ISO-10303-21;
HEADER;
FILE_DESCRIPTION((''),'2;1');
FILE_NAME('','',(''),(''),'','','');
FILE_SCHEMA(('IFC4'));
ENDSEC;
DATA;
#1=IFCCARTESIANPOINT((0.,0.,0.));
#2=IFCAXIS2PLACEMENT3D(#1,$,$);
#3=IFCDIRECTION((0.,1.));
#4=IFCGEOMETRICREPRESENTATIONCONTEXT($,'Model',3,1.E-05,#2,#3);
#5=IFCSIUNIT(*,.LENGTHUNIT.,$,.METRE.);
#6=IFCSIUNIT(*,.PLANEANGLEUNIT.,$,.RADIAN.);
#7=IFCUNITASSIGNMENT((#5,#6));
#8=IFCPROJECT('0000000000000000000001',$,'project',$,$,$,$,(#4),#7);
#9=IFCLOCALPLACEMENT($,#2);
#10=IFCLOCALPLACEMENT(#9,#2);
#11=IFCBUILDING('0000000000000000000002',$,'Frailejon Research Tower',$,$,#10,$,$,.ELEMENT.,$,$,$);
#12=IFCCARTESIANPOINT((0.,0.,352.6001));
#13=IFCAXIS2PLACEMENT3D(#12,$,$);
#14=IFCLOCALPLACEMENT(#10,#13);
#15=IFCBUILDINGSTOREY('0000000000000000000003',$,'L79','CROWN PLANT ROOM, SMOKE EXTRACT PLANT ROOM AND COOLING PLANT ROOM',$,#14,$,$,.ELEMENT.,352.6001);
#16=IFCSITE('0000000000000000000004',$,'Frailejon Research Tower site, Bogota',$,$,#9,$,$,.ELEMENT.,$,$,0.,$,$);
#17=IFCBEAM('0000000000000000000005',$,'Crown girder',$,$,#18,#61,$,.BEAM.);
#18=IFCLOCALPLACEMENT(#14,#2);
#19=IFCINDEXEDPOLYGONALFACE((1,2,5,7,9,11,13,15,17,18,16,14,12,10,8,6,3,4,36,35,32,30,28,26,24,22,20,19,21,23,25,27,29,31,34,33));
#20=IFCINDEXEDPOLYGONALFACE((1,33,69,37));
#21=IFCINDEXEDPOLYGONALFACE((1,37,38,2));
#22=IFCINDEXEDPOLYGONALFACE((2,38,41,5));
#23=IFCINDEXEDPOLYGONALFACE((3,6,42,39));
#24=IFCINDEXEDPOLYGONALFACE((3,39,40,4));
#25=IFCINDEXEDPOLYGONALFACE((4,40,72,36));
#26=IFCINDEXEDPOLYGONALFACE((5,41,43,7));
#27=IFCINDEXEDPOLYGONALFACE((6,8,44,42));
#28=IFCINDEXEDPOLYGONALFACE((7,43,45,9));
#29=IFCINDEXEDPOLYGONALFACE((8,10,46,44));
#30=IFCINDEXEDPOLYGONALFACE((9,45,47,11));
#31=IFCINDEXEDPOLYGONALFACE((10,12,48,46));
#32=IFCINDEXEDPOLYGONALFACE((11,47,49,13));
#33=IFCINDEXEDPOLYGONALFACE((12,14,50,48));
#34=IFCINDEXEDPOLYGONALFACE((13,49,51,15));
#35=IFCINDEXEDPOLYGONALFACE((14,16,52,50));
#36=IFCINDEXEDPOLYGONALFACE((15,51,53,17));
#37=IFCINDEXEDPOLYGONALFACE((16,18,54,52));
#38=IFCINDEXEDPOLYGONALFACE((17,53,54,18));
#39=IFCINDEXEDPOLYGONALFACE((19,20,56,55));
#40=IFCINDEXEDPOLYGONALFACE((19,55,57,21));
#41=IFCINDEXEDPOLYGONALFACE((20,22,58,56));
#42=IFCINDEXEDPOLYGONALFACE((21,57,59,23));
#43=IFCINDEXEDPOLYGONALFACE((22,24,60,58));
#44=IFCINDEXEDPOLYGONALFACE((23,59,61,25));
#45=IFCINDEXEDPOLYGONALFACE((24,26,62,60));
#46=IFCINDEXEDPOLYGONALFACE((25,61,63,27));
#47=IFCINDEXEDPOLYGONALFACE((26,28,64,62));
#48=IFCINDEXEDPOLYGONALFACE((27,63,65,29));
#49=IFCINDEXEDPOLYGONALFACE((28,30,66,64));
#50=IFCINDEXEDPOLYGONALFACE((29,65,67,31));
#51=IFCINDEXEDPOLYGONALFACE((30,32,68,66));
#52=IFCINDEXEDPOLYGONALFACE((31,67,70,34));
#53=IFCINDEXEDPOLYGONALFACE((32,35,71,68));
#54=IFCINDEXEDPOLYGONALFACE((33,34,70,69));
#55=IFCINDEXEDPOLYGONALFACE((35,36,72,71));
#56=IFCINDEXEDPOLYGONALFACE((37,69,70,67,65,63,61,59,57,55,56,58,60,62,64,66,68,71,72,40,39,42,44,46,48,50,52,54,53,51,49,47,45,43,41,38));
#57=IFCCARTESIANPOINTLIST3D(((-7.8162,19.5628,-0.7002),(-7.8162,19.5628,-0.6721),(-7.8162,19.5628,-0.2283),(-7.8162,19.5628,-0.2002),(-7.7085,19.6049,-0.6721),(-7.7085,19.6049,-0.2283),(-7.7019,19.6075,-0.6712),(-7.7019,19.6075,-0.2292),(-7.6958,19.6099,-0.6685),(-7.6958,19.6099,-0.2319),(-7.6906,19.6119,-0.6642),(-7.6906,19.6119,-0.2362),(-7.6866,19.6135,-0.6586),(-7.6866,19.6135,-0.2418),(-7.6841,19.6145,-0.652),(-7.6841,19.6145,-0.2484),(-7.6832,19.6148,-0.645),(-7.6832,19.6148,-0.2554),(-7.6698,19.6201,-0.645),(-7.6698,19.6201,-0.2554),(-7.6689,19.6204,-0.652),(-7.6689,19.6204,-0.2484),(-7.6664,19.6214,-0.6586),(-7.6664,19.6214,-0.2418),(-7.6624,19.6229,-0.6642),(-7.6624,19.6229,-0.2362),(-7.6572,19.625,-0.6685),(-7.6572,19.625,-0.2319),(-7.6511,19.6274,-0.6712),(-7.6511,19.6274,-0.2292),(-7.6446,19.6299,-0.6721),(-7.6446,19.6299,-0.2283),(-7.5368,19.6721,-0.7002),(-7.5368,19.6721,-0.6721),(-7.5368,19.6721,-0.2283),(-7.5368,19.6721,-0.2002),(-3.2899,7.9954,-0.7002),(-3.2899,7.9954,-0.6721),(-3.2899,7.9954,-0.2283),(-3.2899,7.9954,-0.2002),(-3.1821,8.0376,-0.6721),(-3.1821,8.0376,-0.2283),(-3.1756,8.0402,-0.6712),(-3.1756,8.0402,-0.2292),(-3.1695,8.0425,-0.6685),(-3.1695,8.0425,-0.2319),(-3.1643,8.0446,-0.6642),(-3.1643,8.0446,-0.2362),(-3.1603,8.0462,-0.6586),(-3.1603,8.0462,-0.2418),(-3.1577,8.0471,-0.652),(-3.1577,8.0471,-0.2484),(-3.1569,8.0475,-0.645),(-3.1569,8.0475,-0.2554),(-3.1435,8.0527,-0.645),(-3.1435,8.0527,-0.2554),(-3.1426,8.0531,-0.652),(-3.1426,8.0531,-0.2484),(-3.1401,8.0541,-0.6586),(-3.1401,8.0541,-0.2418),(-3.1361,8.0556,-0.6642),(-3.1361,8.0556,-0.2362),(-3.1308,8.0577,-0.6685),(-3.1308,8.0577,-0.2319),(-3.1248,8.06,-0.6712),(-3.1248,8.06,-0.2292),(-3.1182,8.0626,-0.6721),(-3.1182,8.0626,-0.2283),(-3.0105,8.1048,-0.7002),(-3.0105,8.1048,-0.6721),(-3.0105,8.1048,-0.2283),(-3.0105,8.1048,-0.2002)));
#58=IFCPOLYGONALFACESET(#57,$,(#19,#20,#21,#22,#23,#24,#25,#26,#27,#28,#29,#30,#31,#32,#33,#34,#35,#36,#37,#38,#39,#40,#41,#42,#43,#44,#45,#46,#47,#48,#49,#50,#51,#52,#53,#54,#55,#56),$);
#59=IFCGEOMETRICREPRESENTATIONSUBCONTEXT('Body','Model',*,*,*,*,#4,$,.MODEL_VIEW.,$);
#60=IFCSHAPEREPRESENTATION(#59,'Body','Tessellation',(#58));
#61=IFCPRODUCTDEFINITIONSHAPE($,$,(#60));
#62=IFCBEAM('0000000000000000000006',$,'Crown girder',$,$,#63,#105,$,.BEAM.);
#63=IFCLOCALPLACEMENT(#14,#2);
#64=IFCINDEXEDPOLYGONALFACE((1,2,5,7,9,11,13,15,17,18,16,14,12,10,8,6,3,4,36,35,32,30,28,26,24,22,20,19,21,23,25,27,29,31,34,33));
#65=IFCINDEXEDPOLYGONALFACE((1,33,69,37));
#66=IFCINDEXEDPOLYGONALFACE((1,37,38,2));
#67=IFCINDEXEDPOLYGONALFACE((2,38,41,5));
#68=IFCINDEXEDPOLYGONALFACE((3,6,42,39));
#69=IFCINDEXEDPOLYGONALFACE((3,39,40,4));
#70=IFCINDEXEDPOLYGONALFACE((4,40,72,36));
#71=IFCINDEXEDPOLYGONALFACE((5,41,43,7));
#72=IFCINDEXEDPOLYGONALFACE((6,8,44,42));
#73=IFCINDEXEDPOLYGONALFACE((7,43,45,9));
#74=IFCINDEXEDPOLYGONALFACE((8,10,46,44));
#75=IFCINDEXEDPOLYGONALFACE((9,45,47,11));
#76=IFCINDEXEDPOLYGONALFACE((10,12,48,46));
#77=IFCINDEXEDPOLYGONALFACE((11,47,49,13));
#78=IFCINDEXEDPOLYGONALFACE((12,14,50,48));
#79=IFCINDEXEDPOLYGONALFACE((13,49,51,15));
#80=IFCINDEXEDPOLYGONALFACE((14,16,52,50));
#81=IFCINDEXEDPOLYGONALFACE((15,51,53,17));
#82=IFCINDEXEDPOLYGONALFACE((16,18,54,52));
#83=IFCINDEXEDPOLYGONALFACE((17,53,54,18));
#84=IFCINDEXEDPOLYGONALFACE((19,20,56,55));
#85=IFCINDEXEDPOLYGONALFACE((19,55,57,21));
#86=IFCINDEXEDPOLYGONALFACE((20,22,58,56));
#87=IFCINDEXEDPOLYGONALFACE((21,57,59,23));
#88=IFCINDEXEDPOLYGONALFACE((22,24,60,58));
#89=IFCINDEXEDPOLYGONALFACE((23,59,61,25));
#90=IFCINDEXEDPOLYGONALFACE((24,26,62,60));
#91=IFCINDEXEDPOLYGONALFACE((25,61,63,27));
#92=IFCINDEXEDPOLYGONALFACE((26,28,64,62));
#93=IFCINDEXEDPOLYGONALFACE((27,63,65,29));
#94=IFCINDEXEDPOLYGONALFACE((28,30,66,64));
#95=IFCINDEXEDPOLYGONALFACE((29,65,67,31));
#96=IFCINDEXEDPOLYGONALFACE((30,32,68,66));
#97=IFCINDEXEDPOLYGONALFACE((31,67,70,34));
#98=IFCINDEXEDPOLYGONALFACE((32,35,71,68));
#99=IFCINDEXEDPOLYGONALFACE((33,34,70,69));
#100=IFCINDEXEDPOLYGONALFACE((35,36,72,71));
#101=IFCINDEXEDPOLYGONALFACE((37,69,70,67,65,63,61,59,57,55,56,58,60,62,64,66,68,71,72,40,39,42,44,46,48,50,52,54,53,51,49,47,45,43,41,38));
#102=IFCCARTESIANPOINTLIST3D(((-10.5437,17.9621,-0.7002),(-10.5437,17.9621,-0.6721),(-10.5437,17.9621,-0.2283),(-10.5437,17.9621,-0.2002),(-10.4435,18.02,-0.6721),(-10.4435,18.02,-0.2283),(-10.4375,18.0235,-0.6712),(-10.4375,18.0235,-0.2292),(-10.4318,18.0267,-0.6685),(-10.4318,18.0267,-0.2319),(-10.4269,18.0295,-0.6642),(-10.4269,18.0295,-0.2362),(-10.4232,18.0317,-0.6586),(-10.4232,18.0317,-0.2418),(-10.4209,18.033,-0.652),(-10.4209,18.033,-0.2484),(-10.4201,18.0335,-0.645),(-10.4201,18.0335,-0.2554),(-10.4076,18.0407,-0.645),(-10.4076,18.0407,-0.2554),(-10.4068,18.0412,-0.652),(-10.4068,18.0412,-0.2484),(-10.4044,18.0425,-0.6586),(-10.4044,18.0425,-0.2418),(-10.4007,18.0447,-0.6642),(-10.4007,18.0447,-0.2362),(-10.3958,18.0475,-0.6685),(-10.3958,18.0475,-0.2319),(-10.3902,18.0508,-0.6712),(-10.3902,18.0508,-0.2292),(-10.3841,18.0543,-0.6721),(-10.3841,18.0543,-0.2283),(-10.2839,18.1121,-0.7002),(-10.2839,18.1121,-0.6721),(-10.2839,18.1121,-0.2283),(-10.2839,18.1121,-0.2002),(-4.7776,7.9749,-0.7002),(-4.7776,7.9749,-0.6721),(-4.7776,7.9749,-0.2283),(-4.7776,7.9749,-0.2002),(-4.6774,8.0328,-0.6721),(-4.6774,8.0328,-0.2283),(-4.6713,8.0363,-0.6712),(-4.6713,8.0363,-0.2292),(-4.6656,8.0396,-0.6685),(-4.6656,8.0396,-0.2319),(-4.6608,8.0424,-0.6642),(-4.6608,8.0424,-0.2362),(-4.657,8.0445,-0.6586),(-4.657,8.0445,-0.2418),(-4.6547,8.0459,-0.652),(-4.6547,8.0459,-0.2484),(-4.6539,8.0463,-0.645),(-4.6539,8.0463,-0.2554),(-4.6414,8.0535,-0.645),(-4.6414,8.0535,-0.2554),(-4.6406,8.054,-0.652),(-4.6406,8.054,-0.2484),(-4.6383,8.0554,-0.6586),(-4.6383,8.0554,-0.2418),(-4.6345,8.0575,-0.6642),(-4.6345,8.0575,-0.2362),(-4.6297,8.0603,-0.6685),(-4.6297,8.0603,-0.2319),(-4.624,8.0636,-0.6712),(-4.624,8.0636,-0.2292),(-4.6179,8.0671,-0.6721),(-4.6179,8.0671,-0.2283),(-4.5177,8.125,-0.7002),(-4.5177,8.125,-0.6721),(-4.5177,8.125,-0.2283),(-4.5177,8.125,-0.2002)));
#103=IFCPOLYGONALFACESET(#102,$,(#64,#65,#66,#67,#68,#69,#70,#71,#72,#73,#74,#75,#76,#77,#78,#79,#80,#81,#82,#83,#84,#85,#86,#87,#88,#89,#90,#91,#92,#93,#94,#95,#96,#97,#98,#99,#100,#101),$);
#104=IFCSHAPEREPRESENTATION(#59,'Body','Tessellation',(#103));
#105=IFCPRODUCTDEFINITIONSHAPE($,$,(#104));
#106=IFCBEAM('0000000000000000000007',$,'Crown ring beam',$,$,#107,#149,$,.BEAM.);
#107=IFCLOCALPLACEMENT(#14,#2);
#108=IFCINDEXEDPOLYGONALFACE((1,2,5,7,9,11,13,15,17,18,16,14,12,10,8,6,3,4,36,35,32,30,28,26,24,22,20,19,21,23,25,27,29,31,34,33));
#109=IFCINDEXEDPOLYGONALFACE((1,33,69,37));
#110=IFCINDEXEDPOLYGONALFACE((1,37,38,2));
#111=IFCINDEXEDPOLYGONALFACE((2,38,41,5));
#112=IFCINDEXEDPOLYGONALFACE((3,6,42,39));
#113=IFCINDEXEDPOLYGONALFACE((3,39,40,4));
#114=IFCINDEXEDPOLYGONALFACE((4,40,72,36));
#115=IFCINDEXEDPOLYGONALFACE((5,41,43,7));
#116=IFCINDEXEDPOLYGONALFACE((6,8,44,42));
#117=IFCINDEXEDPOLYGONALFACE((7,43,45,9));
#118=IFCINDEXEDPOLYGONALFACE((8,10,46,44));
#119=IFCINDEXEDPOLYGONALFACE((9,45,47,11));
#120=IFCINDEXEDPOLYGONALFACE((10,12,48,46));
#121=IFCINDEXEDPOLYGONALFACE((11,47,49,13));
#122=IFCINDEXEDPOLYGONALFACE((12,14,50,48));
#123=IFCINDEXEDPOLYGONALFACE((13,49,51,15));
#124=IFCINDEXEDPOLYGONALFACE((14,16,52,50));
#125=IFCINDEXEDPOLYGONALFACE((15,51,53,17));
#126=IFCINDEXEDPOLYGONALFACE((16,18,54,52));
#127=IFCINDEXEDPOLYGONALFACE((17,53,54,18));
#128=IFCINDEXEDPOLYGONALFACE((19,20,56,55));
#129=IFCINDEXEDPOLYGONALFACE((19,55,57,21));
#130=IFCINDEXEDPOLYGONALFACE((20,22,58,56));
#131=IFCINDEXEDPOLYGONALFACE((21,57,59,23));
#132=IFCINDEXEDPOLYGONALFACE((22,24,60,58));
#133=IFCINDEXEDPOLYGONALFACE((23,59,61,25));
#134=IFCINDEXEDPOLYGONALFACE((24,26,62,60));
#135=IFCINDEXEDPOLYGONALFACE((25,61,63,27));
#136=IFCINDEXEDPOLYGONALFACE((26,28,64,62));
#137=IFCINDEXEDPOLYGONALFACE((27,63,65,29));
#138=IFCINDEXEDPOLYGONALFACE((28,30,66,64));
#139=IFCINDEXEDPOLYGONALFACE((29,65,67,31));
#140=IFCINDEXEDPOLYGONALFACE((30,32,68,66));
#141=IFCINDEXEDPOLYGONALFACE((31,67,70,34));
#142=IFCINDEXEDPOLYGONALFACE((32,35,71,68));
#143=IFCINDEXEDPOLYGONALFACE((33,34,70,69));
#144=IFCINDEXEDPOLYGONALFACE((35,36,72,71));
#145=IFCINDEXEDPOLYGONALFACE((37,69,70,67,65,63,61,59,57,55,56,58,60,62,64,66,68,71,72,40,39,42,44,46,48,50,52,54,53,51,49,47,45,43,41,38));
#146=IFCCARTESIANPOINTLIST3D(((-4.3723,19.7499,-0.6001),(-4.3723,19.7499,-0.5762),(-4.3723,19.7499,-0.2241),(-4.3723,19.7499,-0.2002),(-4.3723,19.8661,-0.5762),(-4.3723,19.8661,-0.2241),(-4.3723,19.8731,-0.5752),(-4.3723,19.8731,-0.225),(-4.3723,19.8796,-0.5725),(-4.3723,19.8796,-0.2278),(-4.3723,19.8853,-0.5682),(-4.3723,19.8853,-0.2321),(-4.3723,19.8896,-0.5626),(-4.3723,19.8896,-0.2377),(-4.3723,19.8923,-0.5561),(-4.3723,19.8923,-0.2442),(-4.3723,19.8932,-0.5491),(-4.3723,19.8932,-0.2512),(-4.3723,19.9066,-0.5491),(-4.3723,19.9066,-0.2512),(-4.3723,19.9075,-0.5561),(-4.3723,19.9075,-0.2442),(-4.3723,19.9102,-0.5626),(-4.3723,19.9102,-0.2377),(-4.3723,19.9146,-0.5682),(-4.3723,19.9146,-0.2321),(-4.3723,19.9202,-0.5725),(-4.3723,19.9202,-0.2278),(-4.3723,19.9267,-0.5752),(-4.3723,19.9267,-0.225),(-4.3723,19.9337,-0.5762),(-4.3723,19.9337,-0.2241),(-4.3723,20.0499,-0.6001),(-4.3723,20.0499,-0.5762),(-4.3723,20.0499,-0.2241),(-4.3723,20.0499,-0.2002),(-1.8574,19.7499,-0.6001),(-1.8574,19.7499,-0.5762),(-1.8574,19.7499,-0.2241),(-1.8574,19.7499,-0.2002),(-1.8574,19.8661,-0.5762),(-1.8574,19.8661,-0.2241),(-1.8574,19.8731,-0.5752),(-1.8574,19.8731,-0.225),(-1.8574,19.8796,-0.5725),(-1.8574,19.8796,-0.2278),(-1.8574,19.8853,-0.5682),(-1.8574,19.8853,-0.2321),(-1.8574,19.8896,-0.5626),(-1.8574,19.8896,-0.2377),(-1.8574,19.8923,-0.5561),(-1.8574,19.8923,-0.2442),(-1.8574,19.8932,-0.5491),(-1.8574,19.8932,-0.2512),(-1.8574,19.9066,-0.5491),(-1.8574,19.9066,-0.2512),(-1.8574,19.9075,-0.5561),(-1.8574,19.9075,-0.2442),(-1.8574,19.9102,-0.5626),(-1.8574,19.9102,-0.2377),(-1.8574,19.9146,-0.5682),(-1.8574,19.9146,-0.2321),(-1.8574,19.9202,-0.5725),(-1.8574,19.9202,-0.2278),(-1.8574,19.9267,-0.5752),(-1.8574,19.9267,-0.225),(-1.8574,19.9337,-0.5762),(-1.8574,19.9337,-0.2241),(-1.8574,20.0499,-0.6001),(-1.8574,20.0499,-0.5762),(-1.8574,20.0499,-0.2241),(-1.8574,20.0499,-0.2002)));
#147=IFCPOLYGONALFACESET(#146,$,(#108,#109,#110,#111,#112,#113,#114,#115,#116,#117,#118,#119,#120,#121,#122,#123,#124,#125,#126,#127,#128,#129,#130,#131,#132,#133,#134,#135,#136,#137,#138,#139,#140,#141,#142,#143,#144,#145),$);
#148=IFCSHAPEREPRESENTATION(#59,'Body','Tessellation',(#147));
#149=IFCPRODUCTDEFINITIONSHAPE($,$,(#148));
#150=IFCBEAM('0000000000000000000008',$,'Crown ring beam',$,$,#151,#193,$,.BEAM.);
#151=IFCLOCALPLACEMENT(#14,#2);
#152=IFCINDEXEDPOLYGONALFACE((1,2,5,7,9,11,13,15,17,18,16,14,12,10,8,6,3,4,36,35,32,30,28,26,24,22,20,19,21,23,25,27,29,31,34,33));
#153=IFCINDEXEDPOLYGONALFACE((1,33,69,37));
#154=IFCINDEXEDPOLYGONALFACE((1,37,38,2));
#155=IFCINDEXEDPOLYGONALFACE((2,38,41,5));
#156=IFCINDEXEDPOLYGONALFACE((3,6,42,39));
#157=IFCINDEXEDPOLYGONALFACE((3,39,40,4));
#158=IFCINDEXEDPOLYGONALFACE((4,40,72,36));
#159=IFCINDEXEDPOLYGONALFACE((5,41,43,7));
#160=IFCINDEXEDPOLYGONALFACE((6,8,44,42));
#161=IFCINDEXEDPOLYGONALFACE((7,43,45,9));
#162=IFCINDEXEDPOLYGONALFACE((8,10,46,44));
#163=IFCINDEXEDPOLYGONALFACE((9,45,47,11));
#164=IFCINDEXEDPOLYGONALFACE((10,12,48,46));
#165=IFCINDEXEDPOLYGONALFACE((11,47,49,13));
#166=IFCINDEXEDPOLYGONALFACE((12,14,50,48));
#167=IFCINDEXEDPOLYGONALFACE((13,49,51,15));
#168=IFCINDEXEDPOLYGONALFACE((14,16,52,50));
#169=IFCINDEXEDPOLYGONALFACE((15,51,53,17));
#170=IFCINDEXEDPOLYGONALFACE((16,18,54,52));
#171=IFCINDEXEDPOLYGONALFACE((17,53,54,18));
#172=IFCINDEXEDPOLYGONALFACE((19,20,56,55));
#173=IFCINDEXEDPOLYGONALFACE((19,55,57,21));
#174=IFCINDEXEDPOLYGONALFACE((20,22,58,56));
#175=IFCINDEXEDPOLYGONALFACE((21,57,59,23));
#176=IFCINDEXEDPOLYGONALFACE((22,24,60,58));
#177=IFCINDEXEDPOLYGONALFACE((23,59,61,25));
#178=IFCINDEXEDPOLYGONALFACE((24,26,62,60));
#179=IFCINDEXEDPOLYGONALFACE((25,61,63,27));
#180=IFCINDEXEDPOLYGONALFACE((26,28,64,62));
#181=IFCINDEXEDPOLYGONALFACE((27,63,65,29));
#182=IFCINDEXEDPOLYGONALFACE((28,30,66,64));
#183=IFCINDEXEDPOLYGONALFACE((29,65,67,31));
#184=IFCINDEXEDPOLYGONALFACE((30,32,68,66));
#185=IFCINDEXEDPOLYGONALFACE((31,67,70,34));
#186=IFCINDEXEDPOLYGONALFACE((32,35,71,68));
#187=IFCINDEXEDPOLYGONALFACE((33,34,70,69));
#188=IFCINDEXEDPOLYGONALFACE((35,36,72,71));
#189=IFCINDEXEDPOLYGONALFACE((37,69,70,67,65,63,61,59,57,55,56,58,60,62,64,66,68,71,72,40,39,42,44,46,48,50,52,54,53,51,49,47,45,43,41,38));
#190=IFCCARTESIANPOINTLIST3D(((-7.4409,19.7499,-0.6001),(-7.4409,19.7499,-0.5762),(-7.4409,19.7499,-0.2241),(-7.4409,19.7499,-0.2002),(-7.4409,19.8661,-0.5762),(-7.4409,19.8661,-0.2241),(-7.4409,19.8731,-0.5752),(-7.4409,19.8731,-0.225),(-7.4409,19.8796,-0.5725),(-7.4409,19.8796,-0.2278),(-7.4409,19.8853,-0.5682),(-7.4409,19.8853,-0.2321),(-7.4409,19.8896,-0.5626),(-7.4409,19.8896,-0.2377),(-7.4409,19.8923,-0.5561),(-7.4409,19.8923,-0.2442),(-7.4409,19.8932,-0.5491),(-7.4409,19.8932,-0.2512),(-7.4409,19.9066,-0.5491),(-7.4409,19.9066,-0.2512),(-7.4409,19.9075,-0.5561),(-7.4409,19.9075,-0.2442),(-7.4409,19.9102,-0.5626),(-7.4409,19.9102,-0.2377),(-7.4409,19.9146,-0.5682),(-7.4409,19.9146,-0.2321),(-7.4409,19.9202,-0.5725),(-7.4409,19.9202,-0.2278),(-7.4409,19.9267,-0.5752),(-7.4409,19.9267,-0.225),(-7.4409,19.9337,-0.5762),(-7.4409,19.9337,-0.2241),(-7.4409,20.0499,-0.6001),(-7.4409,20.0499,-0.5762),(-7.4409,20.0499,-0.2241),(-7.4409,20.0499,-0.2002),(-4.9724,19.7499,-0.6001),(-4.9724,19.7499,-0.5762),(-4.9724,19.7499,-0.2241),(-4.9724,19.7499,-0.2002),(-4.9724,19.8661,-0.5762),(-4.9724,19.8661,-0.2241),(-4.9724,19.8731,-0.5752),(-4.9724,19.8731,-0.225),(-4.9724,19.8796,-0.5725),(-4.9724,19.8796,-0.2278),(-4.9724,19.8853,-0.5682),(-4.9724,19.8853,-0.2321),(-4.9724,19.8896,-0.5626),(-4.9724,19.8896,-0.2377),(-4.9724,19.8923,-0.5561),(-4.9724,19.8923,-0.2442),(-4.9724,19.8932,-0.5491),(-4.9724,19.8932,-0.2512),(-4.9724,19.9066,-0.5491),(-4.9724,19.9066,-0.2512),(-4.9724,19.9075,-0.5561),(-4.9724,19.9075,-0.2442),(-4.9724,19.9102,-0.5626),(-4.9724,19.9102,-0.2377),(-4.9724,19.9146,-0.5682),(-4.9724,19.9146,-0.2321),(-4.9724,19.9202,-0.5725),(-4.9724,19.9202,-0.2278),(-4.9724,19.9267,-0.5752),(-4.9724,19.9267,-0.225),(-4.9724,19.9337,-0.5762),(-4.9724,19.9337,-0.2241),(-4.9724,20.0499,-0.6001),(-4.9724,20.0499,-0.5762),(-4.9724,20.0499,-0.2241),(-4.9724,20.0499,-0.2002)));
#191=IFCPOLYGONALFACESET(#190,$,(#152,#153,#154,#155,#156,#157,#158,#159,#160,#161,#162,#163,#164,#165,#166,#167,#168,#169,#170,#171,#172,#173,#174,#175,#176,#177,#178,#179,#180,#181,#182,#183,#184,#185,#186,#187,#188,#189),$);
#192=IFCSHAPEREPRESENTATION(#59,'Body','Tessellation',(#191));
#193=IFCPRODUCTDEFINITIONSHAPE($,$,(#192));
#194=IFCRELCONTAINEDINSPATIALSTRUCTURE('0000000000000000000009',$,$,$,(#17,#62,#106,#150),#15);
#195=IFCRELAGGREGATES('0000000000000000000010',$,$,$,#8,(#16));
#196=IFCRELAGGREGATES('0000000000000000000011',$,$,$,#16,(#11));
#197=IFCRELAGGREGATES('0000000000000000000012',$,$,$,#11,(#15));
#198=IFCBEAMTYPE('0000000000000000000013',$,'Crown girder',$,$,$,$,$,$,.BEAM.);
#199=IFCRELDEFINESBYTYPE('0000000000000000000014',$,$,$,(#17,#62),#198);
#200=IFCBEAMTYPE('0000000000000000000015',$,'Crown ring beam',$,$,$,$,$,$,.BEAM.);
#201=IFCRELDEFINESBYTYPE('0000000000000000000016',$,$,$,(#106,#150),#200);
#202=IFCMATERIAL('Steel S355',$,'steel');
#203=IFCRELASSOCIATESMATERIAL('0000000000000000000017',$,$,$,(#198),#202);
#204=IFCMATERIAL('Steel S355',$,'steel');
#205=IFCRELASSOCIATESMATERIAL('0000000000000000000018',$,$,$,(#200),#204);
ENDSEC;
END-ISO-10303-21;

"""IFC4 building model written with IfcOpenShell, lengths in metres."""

from ifc_helpers import new_model, si_unit, direction, frame, origin, origin_2d, place, context, subcontext, project, spatial, i_section, extrude, material, material_profile, profile_set, type_object, element, save


model = new_model("IFC4")

# Units and contexts
model_context = context("Model", 3, precision=1e-05, world=origin(), true_north=direction((0.0, 1.0)))
body_context = subcontext(model_context, "Body", "Model", "MODEL_VIEW")
ifc_project = project(units=[si_unit("LENGTHUNIT", "METRE"), si_unit("PLANEANGLEUNIT", "RADIAN")], contexts=[model_context])

# Site, building, storey
site_placement = place(None, origin())
site = spatial("IfcSite", under=ifc_project, at=site_placement, Name="Frailejon Research Tower site, Bogota", CompositionType="ELEMENT", RefElevation=0.0)
building_placement = place(site_placement, origin())
building = spatial("IfcBuilding", under=site, at=building_placement, Name="Frailejon Research Tower", CompositionType="ELEMENT")
storey_placement = place(building_placement, frame((0.0, 0.0, 352.6001)))
storey = spatial("IfcBuildingStorey", under=building, at=storey_placement, Name="L79", Description="CROWN PLANT ROOM, SMOKE EXTRACT PLANT ROOM AND COOLING PLANT ROOM", CompositionType="ELEMENT", Elevation=352.6001)

# Beams
ifc_material_1 = material(Name="Steel S355", Category="steel")
ifc_material_profile_1 = material_profile(ifc_material_1, i_section(OverallWidth=0.3, OverallDepth=0.5, WebThickness=0.0144, FlangeThickness=0.0281, FilletRadius=0.0271, at=origin_2d()), Name="HE 500 B")
ifc_profile_set_1 = profile_set([ifc_material_profile_1], Name="Steel S355")
beam_type_1 = type_object("IfcBeamType", Name="Crown girder", PredefinedType="BEAM", material=ifc_profile_set_1)
beam_1_placement = place(storey_placement, frame((-7.6765, 19.6174, -0.4502), z_axis=(0.364399, -0.931243, 0.0), x_axis=(0.931243, 0.364399, 0.0)))
element("IfcBeam", 1, at=beam_1_placement, inside=storey, type_object=beam_type_1, Name="Crown girder", PredefinedType="BEAM", context=body_context, shape_type="SweptSolid", body=[
    extrude(i_section(OverallWidth=0.3, OverallDepth=0.5, WebThickness=0.0144, FlangeThickness=0.0281, FilletRadius=0.0271, at=origin_2d()), origin(), (0.0, 0.0, 1.0), 12.4214),
])
beam_2_placement = place(storey_placement, frame((-10.4138, 18.0371, -0.4502), z_axis=(0.500005, -0.866022, 0.0), x_axis=(0.866022, 0.500005, 0.0)))
element("IfcBeam", 2, at=beam_2_placement, inside=storey, type_object=beam_type_1, Name="Crown girder", PredefinedType="BEAM", context=body_context, shape_type="SweptSolid", body=[
    extrude(i_section(OverallWidth=0.3, OverallDepth=0.5, WebThickness=0.0144, FlangeThickness=0.0281, FilletRadius=0.0271, at=origin_2d()), origin(), (0.0, 0.0, 1.0), 11.5322),
])
ifc_material_2 = material(Name="Steel S355", Category="steel")
ifc_material_profile_2 = material_profile(ifc_material_2, i_section(OverallWidth=0.3, OverallDepth=0.3999, WebThickness=0.0134, FlangeThickness=0.0239, FilletRadius=0.0271, at=origin_2d()), Name="HE 400 B")
ifc_profile_set_2 = profile_set([ifc_material_profile_2], Name="Steel S355")
beam_type_2 = type_object("IfcBeamType", Name="Crown ring beam", PredefinedType="BEAM", material=ifc_profile_set_2)
beam_3_placement = place(storey_placement, frame((-1.8574, 19.8999, -0.4001), z_axis=(-1.0, 0.0, 0.0), x_axis=(0.0, -1.0, 0.0)))
element("IfcBeam", 3, at=beam_3_placement, inside=storey, type_object=beam_type_2, Name="Crown ring beam", PredefinedType="BEAM", context=body_context, shape_type="SweptSolid", body=[
    extrude(i_section(OverallWidth=0.3, OverallDepth=0.3999, WebThickness=0.0134, FlangeThickness=0.0239, FilletRadius=0.0271, at=origin_2d()), origin(), (0.0, 0.0, 1.0), 2.5149),
])
beam_4_placement = place(storey_placement, frame((-4.9724, 19.8999, -0.4001), z_axis=(-1.0, 0.0, 0.0), x_axis=(0.0, -1.0, 0.0)))
element("IfcBeam", 4, at=beam_4_placement, inside=storey, type_object=beam_type_2, Name="Crown ring beam", PredefinedType="BEAM", context=body_context, shape_type="SweptSolid", body=[
    extrude(i_section(OverallWidth=0.3, OverallDepth=0.3999, WebThickness=0.0134, FlangeThickness=0.0239, FilletRadius=0.0271, at=origin_2d()), origin(), (0.0, 0.0, 1.0), 2.4685),
])

save(model, "model.ifc")
